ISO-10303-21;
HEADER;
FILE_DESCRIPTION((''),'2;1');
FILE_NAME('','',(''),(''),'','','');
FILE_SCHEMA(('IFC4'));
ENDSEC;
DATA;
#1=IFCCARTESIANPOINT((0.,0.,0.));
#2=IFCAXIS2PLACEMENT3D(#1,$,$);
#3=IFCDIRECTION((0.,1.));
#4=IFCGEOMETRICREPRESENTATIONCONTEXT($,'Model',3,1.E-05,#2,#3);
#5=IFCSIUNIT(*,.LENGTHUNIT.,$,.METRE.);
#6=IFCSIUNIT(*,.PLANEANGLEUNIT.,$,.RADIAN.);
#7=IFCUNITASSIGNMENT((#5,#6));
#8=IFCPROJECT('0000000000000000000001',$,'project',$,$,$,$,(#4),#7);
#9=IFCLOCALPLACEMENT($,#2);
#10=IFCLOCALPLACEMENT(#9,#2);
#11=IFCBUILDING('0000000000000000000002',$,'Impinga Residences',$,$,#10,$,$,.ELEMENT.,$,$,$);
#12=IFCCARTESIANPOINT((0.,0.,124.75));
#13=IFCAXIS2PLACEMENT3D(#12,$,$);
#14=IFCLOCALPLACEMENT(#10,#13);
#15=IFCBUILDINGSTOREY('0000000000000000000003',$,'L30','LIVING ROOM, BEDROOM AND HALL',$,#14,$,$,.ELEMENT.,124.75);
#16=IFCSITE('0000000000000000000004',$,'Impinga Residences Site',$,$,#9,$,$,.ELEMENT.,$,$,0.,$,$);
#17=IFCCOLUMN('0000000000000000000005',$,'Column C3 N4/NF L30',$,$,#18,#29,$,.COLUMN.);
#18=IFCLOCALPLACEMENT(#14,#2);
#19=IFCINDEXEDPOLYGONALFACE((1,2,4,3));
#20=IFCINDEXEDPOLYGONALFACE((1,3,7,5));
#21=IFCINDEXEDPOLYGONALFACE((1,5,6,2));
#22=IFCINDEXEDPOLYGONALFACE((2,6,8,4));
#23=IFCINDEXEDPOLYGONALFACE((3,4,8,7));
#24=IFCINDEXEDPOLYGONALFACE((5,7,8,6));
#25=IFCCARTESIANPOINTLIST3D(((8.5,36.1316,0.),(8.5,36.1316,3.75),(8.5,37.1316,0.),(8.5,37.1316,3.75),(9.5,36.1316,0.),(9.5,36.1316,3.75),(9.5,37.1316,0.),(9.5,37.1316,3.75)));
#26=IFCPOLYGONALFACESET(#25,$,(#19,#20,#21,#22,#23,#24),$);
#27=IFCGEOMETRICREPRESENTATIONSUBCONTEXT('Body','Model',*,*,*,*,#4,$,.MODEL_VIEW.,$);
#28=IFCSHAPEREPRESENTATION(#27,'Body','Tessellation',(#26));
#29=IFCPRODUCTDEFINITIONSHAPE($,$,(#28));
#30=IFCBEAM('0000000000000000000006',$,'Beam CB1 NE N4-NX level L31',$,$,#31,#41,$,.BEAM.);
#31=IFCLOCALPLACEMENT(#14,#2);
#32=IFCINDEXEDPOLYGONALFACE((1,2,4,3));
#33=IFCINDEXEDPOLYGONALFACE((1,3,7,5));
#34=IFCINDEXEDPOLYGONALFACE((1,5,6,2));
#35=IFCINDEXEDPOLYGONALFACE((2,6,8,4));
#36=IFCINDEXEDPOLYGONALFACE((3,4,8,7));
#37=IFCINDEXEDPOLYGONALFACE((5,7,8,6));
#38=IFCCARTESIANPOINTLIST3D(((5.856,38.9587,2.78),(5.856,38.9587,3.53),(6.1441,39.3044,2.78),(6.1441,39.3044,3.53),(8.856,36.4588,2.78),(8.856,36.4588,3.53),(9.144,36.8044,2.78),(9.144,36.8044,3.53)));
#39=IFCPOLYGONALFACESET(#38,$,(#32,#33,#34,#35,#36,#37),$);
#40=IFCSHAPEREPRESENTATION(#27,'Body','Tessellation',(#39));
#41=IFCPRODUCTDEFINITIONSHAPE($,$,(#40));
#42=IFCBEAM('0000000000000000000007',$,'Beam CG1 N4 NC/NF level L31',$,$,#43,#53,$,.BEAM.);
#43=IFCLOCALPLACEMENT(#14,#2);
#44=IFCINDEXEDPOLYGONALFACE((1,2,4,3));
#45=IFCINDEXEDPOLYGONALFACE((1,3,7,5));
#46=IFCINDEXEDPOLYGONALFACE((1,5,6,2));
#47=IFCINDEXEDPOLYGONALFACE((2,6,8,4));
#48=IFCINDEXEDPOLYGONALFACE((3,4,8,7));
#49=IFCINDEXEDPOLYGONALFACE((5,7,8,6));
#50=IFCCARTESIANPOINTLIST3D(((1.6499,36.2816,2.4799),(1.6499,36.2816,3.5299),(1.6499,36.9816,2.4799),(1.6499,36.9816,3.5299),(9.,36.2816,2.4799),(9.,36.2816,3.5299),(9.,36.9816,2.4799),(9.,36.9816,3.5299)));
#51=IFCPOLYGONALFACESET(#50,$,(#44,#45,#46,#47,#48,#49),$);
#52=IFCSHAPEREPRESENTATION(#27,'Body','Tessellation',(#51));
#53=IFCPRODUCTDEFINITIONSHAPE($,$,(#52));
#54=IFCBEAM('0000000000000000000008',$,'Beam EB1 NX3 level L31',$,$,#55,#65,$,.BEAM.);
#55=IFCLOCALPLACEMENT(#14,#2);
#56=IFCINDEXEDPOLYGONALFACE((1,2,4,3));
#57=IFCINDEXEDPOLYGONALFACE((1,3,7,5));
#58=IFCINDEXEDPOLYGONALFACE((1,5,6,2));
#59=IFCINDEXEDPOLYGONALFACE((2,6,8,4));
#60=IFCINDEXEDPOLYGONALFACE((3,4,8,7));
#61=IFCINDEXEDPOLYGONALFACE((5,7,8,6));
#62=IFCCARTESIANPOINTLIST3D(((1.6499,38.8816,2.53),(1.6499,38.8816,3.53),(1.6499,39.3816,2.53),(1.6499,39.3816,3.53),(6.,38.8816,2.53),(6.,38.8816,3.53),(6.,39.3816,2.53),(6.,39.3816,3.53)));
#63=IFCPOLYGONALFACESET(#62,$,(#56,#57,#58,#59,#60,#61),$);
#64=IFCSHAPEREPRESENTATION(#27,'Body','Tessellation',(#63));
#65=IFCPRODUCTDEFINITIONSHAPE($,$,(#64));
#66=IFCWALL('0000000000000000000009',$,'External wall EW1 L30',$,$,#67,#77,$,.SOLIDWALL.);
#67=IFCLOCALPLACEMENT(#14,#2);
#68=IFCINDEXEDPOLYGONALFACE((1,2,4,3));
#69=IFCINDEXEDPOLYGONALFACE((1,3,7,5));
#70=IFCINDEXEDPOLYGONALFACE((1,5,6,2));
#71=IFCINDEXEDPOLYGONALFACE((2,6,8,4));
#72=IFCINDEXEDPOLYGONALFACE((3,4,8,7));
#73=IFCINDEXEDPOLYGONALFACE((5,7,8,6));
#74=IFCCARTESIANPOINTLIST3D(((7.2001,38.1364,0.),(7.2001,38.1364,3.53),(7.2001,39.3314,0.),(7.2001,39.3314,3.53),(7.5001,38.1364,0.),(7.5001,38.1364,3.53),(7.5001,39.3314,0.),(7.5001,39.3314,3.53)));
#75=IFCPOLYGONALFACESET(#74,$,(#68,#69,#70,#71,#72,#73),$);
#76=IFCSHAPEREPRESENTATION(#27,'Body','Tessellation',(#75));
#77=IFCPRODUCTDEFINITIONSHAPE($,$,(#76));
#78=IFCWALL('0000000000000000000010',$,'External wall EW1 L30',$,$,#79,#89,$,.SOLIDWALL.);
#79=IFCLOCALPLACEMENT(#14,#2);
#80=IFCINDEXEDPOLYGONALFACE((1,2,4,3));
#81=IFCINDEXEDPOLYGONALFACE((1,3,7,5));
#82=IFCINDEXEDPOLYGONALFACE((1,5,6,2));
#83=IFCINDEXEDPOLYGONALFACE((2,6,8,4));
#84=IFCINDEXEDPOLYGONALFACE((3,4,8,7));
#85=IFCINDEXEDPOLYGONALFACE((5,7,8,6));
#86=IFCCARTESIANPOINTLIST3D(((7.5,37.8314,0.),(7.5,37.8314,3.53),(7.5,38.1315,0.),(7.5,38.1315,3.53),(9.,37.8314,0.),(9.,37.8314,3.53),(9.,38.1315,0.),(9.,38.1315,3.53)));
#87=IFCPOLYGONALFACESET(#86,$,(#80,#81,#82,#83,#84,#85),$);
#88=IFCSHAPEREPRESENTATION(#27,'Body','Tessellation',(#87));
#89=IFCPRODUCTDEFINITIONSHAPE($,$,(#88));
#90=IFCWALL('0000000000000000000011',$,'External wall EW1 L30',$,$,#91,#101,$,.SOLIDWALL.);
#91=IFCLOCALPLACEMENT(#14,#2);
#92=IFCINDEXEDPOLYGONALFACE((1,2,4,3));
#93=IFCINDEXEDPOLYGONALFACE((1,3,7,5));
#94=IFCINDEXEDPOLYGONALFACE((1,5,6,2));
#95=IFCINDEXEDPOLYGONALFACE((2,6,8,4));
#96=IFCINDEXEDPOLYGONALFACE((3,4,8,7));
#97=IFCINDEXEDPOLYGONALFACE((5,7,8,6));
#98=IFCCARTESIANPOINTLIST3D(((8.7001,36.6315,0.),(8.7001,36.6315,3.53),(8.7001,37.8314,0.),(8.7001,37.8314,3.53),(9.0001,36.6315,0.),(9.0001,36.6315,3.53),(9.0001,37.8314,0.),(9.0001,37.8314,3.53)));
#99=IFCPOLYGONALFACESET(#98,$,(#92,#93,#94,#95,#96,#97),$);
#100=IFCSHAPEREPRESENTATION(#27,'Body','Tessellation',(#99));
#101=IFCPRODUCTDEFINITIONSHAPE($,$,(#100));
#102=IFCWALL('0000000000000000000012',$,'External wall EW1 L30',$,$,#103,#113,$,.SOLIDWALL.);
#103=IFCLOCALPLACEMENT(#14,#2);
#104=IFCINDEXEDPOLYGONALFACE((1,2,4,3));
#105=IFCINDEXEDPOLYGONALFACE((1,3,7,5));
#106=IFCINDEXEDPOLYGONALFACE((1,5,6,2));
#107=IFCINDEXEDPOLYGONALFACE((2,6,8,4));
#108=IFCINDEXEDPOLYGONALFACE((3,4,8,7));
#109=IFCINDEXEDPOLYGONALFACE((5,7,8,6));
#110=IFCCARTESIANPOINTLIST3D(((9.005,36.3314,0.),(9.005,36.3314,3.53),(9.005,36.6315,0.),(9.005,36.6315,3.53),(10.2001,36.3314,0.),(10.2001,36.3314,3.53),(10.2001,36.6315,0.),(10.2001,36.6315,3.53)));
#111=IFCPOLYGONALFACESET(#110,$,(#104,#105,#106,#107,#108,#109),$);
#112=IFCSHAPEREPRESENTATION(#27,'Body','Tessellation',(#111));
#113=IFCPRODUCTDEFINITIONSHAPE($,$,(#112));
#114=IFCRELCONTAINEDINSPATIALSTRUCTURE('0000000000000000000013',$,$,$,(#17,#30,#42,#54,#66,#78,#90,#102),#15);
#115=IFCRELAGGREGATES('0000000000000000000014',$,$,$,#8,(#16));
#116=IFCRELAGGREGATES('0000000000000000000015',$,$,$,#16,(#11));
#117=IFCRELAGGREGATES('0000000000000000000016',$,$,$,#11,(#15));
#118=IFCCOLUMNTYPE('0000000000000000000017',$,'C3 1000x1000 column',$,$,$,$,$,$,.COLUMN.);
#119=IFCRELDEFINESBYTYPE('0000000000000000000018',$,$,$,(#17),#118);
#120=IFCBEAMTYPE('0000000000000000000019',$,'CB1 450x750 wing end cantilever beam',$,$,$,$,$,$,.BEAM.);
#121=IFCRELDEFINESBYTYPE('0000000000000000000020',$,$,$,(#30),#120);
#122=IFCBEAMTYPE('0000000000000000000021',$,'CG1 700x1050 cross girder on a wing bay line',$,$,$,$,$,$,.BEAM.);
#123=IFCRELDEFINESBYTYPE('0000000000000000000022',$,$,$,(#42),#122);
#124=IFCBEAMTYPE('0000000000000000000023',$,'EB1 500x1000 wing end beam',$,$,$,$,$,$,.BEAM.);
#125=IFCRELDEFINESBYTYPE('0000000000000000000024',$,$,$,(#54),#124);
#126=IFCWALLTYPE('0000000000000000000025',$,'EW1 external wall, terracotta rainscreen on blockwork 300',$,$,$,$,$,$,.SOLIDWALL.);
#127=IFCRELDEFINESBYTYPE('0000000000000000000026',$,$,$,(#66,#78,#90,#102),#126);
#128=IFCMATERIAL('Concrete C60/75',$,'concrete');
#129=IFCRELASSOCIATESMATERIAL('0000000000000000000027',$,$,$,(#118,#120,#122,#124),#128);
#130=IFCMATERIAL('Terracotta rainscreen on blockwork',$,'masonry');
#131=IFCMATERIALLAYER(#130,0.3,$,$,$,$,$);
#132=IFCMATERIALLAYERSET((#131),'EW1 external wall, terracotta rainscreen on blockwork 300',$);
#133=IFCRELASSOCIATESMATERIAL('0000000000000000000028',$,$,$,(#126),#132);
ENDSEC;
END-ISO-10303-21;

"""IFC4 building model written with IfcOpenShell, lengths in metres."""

from ifc_helpers import new_model, si_unit, direction, frame, frame_2d, origin, origin_2d, place, context, subcontext, project, spatial, rectangle, extrude, material, layer, layer_set, material_profile, profile_set, type_object, element, save


model = new_model("IFC4")

# Units and contexts
model_context = context("Model", 3, precision=1e-05, world=origin(), true_north=direction((0.0, 1.0)))
body_context = subcontext(model_context, "Body", "Model", "MODEL_VIEW")
ifc_project = project(units=[si_unit("LENGTHUNIT", "METRE"), si_unit("PLANEANGLEUNIT", "RADIAN")], contexts=[model_context])

# Site, building, storey
site_placement = place(None, origin())
site = spatial("IfcSite", under=ifc_project, at=site_placement, Name="Impinga Residences Site", CompositionType="ELEMENT", RefElevation=0.0)
building_placement = place(site_placement, origin())
building = spatial("IfcBuilding", under=site, at=building_placement, Name="Impinga Residences", CompositionType="ELEMENT")
storey_placement = place(building_placement, frame((0.0, 0.0, 124.75)))
storey = spatial("IfcBuildingStorey", under=building, at=storey_placement, Name="L30", Description="LIVING ROOM, BEDROOM AND HALL", CompositionType="ELEMENT", Elevation=124.75)

# Column
ifc_material_1 = material(Name="Concrete C60/75", Category="concrete")
ifc_material_profile_1 = material_profile(ifc_material_1, rectangle(XDim=1.0, YDim=1.0, at=origin_2d()), Name="RC 1000x1000")
ifc_profile_set_1 = profile_set([ifc_material_profile_1], Name="Concrete C60/75")
column_type = type_object("IfcColumnType", Name="C3 1000x1000 column", PredefinedType="COLUMN", material=ifc_profile_set_1)
column_placement = place(storey_placement, frame((9.0, 36.6316, 0.0), z_axis=(0.0, 0.0, 1.0), x_axis=(1.0, 0.0, 0.0)))
element("IfcColumn", 1, at=column_placement, inside=storey, type_object=column_type, Name="Column C3 N4/NF L30", PredefinedType="COLUMN", context=body_context, shape_type="SweptSolid", body=[
    extrude(rectangle(XDim=1.0, YDim=1.0, at=origin_2d()), origin(), (0.0, 0.0, 1.0), 3.75),
])

# Beams
ifc_material_profile_2 = material_profile(ifc_material_1, rectangle(XDim=0.45, YDim=0.75, at=origin_2d()), Name="RC 450x750")
ifc_profile_set_2 = profile_set([ifc_material_profile_2], Name="Concrete C60/75")
beam_type_1 = type_object("IfcBeamType", Name="CB1 450x750 wing end cantilever beam", PredefinedType="BEAM", material=ifc_profile_set_2)
beam_1_placement = place(storey_placement, frame((9.0, 36.6316, 3.155), z_axis=(-0.768221, 0.640184, 0.0), x_axis=(-0.640184, -0.768221, 0.0)))
element("IfcBeam", 2, at=beam_1_placement, inside=storey, type_object=beam_type_1, Name="Beam CB1 NE N4-NX level L31", PredefinedType="BEAM", context=body_context, shape_type="SweptSolid", body=[
    extrude(rectangle(XDim=0.45, YDim=0.75, at=origin_2d()), origin(), (0.0, 0.0, 1.0), 3.905),
])
ifc_material_profile_3 = material_profile(ifc_material_1, rectangle(XDim=0.7, YDim=1.05, at=origin_2d()), Name="RC 700x1050")
ifc_profile_set_3 = profile_set([ifc_material_profile_3], Name="Concrete C60/75")
beam_type_2 = type_object("IfcBeamType", Name="CG1 700x1050 cross girder on a wing bay line", PredefinedType="BEAM", material=ifc_profile_set_3)
beam_2_placement = place(storey_placement, frame((1.6499, 36.6316, 3.0049), z_axis=(1.0, 0.0, 0.0), x_axis=(0.0, 1.0, 0.0)))
element("IfcBeam", 3, at=beam_2_placement, inside=storey, type_object=beam_type_2, Name="Beam CG1 N4 NC/NF level L31", PredefinedType="BEAM", context=body_context, shape_type="SweptSolid", body=[
    extrude(rectangle(XDim=0.7, YDim=1.05, at=origin_2d()), origin(), (0.0, 0.0, 1.0), 7.3501),
])
ifc_material_profile_4 = material_profile(ifc_material_1, rectangle(XDim=0.5, YDim=1.0, at=origin_2d()), Name="RC 500x1000")
ifc_profile_set_4 = profile_set([ifc_material_profile_4], Name="Concrete C60/75")
beam_type_3 = type_object("IfcBeamType", Name="EB1 500x1000 wing end beam", PredefinedType="BEAM", material=ifc_profile_set_4)
beam_3_placement = place(storey_placement, frame((1.6499, 39.1316, 3.03), z_axis=(1.0, 0.0, 0.0), x_axis=(0.0, 1.0, 0.0)))
element("IfcBeam", 4, at=beam_3_placement, inside=storey, type_object=beam_type_3, Name="Beam EB1 NX3 level L31", PredefinedType="BEAM", context=body_context, shape_type="SweptSolid", body=[
    extrude(rectangle(XDim=0.5, YDim=1.0, at=origin_2d()), origin(), (0.0, 0.0, 1.0), 4.3501),
])

# Walls
ifc_material_2 = material(Name="Terracotta rainscreen on blockwork", Category="masonry")
ifc_layer_1 = layer(ifc_material_2, 0.3)
ifc_layer_set_1 = layer_set([ifc_layer_1], Name="EW1 external wall, terracotta rainscreen on blockwork 300")
wall_type_1 = type_object("IfcWallType", Name="EW1 external wall, terracotta rainscreen on blockwork 300", PredefinedType="SOLIDWALL", material=ifc_layer_set_1)
wall_1_placement = place(storey_placement, frame((7.3501, 39.3315, 0.0), z_axis=(0.0, 0.0, 1.0), x_axis=(0.0, -1.0, 0.0)))
element("IfcWall", 5, at=wall_1_placement, inside=storey, type_object=wall_type_1, Name="External wall EW1 L30", PredefinedType="SOLIDWALL", context=body_context, shape_type="SweptSolid", body=[
    extrude(rectangle(XDim=1.1951, YDim=0.3, at=frame_2d((0.5977, 0.0))), origin(), (0.0, 0.0, 1.0), 3.53),
])
wall_2_placement = place(storey_placement, frame((7.5, 37.9814, 0.0), z_axis=(0.0, 0.0, 1.0), x_axis=(1.0, 0.0, 0.0)))
element("IfcWall", 6, at=wall_2_placement, inside=storey, type_object=wall_type_1, Name="External wall EW1 L30", PredefinedType="SOLIDWALL", context=body_context, shape_type="SweptSolid", body=[
    extrude(rectangle(XDim=1.5, YDim=0.3, at=frame_2d((0.75, 0.0))), origin(), (0.0, 0.0, 1.0), 3.53),
])
wall_3_placement = place(storey_placement, frame((8.8501, 37.8315, 0.0), z_axis=(0.0, 0.0, 1.0), x_axis=(0.0, -1.0, 0.0)))
element("IfcWall", 7, at=wall_3_placement, inside=storey, type_object=wall_type_1, Name="External wall EW1 L30", PredefinedType="SOLIDWALL", context=body_context, shape_type="SweptSolid", body=[
    extrude(rectangle(XDim=1.2, YDim=0.3, at=frame_2d((0.6001, 0.0))), origin(), (0.0, 0.0, 1.0), 3.53),
])
wall_4_placement = place(storey_placement, frame((9.0049, 36.4814, 0.0), z_axis=(0.0, 0.0, 1.0), x_axis=(1.0, 0.0, 0.0)))
element("IfcWall", 8, at=wall_4_placement, inside=storey, type_object=wall_type_1, Name="External wall EW1 L30", PredefinedType="SOLIDWALL", context=body_context, shape_type="SweptSolid", body=[
    extrude(rectangle(XDim=1.1951, YDim=0.3, at=frame_2d((0.5977, 0.0))), origin(), (0.0, 0.0, 1.0), 3.53),
])

save(model, "model.ifc")
